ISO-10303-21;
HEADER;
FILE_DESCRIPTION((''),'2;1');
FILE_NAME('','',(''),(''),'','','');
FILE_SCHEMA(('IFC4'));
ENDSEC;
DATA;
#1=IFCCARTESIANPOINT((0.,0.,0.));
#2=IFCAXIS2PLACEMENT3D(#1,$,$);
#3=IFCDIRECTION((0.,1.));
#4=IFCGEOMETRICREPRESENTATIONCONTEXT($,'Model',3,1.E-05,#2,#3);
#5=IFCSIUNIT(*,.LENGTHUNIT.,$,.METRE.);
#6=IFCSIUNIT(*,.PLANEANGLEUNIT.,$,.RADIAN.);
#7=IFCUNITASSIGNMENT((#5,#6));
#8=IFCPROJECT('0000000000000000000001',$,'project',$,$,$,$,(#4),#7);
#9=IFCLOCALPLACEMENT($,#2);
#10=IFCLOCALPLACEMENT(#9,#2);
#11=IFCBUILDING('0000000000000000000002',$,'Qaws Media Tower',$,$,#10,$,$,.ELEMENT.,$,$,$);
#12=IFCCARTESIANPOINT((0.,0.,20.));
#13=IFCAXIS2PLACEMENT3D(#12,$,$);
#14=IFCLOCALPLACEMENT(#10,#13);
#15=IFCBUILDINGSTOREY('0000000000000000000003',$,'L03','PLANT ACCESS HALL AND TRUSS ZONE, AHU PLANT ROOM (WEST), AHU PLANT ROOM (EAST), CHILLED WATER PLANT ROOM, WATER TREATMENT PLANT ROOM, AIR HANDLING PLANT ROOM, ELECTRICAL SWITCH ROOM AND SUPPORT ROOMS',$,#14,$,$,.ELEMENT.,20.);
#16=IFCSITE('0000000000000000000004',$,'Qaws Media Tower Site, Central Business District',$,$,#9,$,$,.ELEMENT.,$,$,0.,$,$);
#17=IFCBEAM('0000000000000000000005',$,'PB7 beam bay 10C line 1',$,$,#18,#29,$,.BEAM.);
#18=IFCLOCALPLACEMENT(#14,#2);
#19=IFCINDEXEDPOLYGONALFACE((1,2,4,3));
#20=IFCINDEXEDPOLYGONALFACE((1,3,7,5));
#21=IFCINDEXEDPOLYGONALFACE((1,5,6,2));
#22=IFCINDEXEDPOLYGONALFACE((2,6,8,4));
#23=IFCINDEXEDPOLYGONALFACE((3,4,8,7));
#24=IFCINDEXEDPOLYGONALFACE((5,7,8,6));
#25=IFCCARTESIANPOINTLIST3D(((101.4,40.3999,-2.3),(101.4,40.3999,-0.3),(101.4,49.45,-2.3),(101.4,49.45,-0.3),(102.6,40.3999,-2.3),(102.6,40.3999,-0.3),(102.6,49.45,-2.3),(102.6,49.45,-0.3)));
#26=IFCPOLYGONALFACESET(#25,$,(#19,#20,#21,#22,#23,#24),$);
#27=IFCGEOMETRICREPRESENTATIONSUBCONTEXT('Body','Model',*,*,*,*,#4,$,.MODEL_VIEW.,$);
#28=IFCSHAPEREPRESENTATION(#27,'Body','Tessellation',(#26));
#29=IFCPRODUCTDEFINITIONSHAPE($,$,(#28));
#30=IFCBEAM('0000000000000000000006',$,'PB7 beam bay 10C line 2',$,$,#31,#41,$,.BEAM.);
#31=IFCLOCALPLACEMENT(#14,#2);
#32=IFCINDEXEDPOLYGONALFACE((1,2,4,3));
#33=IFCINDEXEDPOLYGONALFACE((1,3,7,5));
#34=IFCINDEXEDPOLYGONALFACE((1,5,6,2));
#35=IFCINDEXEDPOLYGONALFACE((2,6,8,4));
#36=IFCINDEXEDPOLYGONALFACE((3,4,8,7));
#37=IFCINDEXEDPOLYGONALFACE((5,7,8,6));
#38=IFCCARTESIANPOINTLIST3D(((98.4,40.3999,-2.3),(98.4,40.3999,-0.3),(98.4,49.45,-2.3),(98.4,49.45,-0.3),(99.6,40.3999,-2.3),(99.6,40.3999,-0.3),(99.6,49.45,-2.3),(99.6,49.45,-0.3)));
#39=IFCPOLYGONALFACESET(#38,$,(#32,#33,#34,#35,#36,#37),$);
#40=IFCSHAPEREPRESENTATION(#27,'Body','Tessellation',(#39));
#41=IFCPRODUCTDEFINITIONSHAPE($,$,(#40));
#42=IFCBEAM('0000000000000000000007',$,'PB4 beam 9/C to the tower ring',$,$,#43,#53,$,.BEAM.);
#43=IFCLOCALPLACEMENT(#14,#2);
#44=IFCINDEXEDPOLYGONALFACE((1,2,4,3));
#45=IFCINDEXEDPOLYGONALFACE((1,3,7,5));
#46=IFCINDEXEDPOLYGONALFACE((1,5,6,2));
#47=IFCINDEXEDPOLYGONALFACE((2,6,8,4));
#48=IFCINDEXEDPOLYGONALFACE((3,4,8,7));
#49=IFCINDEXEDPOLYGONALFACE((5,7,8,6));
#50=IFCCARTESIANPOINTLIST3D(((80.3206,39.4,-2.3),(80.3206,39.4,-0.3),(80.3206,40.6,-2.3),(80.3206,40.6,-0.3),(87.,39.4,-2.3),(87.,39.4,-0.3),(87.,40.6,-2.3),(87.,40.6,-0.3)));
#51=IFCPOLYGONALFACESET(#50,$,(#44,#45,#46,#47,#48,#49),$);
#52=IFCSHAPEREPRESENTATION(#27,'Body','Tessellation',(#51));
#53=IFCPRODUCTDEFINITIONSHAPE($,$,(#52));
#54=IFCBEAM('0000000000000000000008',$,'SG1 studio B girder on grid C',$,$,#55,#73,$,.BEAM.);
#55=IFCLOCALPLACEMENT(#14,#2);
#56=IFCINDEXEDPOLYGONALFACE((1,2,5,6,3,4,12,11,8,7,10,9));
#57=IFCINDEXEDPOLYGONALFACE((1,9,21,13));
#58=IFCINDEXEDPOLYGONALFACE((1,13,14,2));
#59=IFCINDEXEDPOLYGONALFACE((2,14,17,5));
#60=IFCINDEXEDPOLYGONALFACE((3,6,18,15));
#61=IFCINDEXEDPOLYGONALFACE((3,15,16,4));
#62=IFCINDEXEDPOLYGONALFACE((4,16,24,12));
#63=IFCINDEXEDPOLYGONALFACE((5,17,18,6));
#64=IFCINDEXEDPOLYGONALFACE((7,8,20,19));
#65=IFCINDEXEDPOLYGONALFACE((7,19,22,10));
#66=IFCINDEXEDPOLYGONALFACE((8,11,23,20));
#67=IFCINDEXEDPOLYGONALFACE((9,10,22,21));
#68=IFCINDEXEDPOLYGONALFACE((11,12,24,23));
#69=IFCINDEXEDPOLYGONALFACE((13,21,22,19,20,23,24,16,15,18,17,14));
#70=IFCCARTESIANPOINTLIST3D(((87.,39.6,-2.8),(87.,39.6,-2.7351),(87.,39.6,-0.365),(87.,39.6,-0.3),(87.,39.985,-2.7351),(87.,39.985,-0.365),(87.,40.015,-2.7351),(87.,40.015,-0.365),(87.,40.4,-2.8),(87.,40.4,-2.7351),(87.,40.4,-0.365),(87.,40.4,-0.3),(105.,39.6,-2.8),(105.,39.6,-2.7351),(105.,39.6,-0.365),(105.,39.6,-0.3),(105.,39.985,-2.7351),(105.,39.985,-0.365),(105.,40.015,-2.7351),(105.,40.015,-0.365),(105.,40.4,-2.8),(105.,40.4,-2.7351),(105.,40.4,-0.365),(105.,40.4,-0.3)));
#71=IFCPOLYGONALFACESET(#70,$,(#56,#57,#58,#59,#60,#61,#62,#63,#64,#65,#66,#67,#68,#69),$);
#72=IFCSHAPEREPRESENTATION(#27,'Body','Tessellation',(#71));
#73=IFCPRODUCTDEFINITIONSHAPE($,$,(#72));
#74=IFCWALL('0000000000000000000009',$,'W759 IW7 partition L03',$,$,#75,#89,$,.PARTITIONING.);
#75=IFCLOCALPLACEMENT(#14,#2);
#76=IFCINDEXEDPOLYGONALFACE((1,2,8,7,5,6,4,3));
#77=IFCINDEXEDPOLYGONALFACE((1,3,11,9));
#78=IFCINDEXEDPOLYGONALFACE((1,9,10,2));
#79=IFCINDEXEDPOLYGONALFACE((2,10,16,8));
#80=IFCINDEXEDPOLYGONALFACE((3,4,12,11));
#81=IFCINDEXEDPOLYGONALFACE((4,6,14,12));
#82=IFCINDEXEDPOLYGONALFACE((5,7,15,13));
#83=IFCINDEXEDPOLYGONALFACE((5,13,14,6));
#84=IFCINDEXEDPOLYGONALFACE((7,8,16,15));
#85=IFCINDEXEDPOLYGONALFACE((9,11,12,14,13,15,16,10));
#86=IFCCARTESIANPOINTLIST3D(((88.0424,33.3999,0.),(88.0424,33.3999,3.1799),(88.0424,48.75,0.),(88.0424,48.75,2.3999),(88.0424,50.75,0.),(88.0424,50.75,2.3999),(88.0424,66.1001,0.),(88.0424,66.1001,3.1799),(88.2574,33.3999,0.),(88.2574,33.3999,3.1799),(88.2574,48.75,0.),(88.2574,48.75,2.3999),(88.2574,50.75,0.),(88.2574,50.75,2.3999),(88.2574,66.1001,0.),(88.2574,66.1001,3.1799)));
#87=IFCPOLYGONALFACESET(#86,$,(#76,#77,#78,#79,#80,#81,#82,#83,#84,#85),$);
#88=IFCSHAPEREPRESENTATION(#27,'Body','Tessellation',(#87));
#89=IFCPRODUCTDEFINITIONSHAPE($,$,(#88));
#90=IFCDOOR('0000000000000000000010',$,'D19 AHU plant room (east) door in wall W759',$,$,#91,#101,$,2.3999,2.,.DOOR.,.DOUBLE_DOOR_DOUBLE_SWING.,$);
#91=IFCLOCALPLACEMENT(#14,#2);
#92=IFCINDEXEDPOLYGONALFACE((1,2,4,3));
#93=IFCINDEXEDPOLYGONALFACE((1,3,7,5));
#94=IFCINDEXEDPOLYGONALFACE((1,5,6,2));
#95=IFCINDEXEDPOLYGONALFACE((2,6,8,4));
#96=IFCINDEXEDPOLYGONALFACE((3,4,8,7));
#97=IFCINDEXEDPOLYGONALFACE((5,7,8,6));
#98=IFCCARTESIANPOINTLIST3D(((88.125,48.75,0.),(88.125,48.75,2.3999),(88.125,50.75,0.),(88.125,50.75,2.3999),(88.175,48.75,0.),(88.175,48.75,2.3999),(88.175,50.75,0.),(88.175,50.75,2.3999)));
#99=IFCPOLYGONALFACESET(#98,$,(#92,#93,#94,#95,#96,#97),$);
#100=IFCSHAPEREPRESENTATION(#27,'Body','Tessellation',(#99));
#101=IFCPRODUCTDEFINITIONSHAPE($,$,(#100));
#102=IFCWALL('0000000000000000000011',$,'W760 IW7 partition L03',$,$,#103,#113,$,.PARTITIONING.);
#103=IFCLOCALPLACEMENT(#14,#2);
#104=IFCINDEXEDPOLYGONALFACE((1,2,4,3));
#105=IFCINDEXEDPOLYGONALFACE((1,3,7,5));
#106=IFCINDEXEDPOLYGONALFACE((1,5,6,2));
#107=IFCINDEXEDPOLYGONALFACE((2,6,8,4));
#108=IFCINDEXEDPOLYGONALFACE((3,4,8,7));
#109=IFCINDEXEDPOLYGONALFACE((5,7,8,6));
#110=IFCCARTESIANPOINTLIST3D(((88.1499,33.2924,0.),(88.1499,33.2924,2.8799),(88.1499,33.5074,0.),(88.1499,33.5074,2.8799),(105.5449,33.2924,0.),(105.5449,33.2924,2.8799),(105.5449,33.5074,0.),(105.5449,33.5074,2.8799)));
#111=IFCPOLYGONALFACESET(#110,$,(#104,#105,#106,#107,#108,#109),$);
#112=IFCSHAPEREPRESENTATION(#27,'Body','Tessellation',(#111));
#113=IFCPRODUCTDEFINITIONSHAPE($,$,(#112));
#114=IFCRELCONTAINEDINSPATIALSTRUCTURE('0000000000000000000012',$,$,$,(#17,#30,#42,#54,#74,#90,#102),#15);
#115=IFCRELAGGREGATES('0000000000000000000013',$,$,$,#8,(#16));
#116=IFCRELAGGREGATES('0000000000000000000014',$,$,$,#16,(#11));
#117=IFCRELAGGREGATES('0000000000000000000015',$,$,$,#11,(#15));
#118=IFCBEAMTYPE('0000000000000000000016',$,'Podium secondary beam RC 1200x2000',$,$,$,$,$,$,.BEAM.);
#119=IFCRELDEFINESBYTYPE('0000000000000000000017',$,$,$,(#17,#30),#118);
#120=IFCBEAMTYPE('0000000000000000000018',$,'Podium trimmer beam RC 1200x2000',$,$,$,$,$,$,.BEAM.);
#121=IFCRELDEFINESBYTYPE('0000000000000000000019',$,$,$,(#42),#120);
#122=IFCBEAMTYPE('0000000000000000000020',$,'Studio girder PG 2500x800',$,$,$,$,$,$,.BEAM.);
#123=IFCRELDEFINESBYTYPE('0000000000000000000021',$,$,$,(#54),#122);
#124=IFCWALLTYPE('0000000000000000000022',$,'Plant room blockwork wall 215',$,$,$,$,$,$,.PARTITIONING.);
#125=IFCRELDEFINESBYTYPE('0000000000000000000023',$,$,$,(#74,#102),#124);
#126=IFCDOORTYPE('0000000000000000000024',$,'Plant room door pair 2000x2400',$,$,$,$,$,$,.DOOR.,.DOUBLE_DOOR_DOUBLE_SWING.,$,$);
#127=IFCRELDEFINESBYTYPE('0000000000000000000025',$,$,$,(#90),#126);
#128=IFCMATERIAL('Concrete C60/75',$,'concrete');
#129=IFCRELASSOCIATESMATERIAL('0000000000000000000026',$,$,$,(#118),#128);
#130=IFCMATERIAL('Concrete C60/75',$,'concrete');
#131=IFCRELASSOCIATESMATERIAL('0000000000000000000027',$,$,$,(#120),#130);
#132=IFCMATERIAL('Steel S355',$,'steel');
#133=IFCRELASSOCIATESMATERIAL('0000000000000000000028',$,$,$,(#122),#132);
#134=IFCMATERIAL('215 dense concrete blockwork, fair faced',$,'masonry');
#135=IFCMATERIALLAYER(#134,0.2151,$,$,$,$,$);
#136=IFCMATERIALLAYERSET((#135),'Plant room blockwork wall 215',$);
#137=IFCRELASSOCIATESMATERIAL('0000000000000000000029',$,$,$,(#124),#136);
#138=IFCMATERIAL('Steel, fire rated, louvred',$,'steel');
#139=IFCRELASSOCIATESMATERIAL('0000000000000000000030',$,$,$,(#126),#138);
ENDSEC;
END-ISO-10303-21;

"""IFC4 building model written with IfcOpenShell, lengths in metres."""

from ifc_helpers import new_model, si_unit, direction, frame, frame_2d, origin, origin_2d, place, context, subcontext, project, spatial, rectangle, i_section, extrude, material, layer, layer_set, material_profile, profile_set, type_object, element, fill, save


model = new_model("IFC4")

# Units and contexts
model_context = context("Model", 3, precision=1e-05, world=origin(), true_north=direction((0.0, 1.0)))
body_context = subcontext(model_context, "Body", "Model", "MODEL_VIEW")
ifc_project = project(units=[si_unit("LENGTHUNIT", "METRE"), si_unit("PLANEANGLEUNIT", "RADIAN")], contexts=[model_context])

# Site, building, storey
site_placement = place(None, origin())
site = spatial("IfcSite", under=ifc_project, at=site_placement, Name="Qaws Media Tower Site, Central Business District", CompositionType="ELEMENT", RefElevation=0.0)
building_placement = place(site_placement, origin())
building = spatial("IfcBuilding", under=site, at=building_placement, Name="Qaws Media Tower", CompositionType="ELEMENT")
storey_placement = place(building_placement, frame((0.0, 0.0, 20.0)))
storey = spatial("IfcBuildingStorey", under=building, at=storey_placement, Name="L03", Description="PLANT ACCESS HALL AND TRUSS ZONE, AHU PLANT ROOM (WEST), AHU PLANT ROOM (EAST), CHILLED WATER PLANT ROOM, WATER TREATMENT PLANT ROOM, AIR HANDLING PLANT ROOM, ELECTRICAL SWITCH ROOM AND SUPPORT ROOMS", CompositionType="ELEMENT", Elevation=20.0)

# Beams
ifc_material_1 = material(Name="Concrete C60/75", Category="concrete")
ifc_material_profile_1 = material_profile(ifc_material_1, rectangle(XDim=1.2, YDim=2.0, at=origin_2d()), Name="RC 1200x2000")
ifc_profile_set_1 = profile_set([ifc_material_profile_1], Name="Concrete C60/75")
beam_type_1 = type_object("IfcBeamType", Name="Podium secondary beam RC 1200x2000", PredefinedType="BEAM", material=ifc_profile_set_1)
for number, where, z_axis, x_axis, name in (
    (1, (102.0, 40.3999, -1.3), (0.0, 1.0, 0.0), (-1.0, 0.0, 0.0), "PB7 beam bay 10C line 1"),
    (2, (99.0, 40.3999, -1.3), (0.0, 1.0, 0.0), (-1.0, 0.0, 0.0), "PB7 beam bay 10C line 2"),
):
    element("IfcBeam", number, at=place(storey_placement, frame(where, z_axis=z_axis, x_axis=x_axis)), inside=storey, type_object=beam_type_1, Name=name, PredefinedType="BEAM", context=body_context, shape_type="SweptSolid", body=[
        extrude(rectangle(XDim=1.2, YDim=2.0, at=origin_2d()), origin(), (0.0, 0.0, 1.0), 9.05),
    ])
ifc_material_2 = material(Name="Concrete C60/75", Category="concrete")
ifc_material_profile_2 = material_profile(ifc_material_2, rectangle(XDim=1.2, YDim=2.0, at=origin_2d()), Name="RC 1200x2000")
ifc_profile_set_2 = profile_set([ifc_material_profile_2], Name="Concrete C60/75")
beam_type_2 = type_object("IfcBeamType", Name="Podium trimmer beam RC 1200x2000", PredefinedType="BEAM", material=ifc_profile_set_2)
beam_1_placement = place(storey_placement, frame((87.0, 40.0, -1.3), z_axis=(-1.0, 0.0, 0.0), x_axis=(0.0, -1.0, 0.0)))
element("IfcBeam", 3, at=beam_1_placement, inside=storey, type_object=beam_type_2, Name="PB4 beam 9/C to the tower ring", PredefinedType="BEAM", context=body_context, shape_type="SweptSolid", body=[
    extrude(rectangle(XDim=1.2, YDim=2.0, at=origin_2d()), origin(), (0.0, 0.0, 1.0), 6.6794),
])
ifc_material_3 = material(Name="Steel S355", Category="steel")
ifc_material_profile_3 = material_profile(ifc_material_3, i_section(OverallWidth=0.8, OverallDepth=2.5, WebThickness=0.03, FlangeThickness=0.0649, at=origin_2d()), Name="PG 2500x800")
ifc_profile_set_3 = profile_set([ifc_material_profile_3], Name="Steel S355")
beam_type_3 = type_object("IfcBeamType", Name="Studio girder PG 2500x800", PredefinedType="BEAM", material=ifc_profile_set_3)
beam_2_placement = place(storey_placement, frame((87.0, 40.0, -1.55), z_axis=(1.0, 0.0, 0.0), x_axis=(0.0, 1.0, 0.0)))
element("IfcBeam", 4, at=beam_2_placement, inside=storey, type_object=beam_type_3, Name="SG1 studio B girder on grid C", PredefinedType="BEAM", context=body_context, shape_type="SweptSolid", body=[
    extrude(i_section(OverallWidth=0.8, OverallDepth=2.5, WebThickness=0.03, FlangeThickness=0.0649, at=origin_2d()), origin(), (0.0, 0.0, 1.0), 18.0),
])

# Wall, opening, door
ifc_material_4 = material(Name="215 dense concrete blockwork, fair faced", Category="masonry")
ifc_layer_1 = layer(ifc_material_4, 0.2151)
ifc_layer_set_1 = layer_set([ifc_layer_1], Name="Plant room blockwork wall 215")
wall_type_1 = type_object("IfcWallType", Name="Plant room blockwork wall 215", PredefinedType="PARTITIONING", material=ifc_layer_set_1)
wall_1_placement = place(storey_placement, frame((88.1499, 33.3999, 0.0), z_axis=(0.0, 0.0, 1.0), x_axis=(0.0, 1.0, 0.0)))
wall_1 = element("IfcWall", 5, at=wall_1_placement, inside=storey, type_object=wall_type_1, Name="W759 IW7 partition L03", PredefinedType="PARTITIONING", context=body_context, shape_type="SweptSolid", body=[
    extrude(rectangle(XDim=32.7002, YDim=0.2151, at=frame_2d((16.3501, 0.0))), origin(), (0.0, 0.0, 1.0), 3.1799),
])
opening_1_placement = place(wall_1_placement, frame((15.3501, 0.0, 0.0)))
opening_1 = element("IfcOpeningElement", 6, at=opening_1_placement, cuts=wall_1, PredefinedType="OPENING", context=body_context, shape_type="SweptSolid", body=[
    extrude(rectangle(XDim=2.0, YDim=2.3999, at=frame_2d((1.0, 1.2))), frame((0.0, 0.1174, 0.0), z_axis=(0.0, -1.0, 0.0), x_axis=(1.0, 0.0, 0.0)), (0.0, 0.0, 1.0), 0.2351),
])
ifc_material_5 = material(Name="Steel, fire rated, louvred", Category="steel")
door_type = type_object("IfcDoorType", Name="Plant room door pair 2000x2400", OperationType="DOUBLE_DOOR_DOUBLE_SWING", PredefinedType="DOOR", material=ifc_material_5)
door_placement = place(opening_1_placement, origin())
door = element("IfcDoor", 7, at=door_placement, inside=storey, type_object=door_type, Name="D19 AHU plant room (east) door in wall W759", OperationType="DOUBLE_DOOR_DOUBLE_SWING", OverallHeight=2.3999, OverallWidth=2.0, PredefinedType="DOOR", context=body_context, shape_type="SweptSolid", body=[
    extrude(rectangle(XDim=2.0, YDim=2.3999, at=frame_2d((1.0, 1.2))), frame((0.0, 0.0249, 0.0), z_axis=(0.0, -1.0, 0.0), x_axis=(1.0, 0.0, 0.0)), (0.0, 0.0, 1.0), 0.05),
])
fill(opening_1, door)

# Wall
wall_2_placement = place(storey_placement, frame((88.1499, 33.3999, 0.0), z_axis=(0.0, 0.0, 1.0), x_axis=(1.0, 0.0, 0.0)))
element("IfcWall", 8, at=wall_2_placement, inside=storey, type_object=wall_type_1, Name="W760 IW7 partition L03", PredefinedType="PARTITIONING", context=body_context, shape_type="SweptSolid", body=[
    extrude(rectangle(XDim=17.395, YDim=0.2151, at=frame_2d((8.6975, 0.0))), origin(), (0.0, 0.0, 1.0), 2.8799),
])

save(model, "model.ifc")
